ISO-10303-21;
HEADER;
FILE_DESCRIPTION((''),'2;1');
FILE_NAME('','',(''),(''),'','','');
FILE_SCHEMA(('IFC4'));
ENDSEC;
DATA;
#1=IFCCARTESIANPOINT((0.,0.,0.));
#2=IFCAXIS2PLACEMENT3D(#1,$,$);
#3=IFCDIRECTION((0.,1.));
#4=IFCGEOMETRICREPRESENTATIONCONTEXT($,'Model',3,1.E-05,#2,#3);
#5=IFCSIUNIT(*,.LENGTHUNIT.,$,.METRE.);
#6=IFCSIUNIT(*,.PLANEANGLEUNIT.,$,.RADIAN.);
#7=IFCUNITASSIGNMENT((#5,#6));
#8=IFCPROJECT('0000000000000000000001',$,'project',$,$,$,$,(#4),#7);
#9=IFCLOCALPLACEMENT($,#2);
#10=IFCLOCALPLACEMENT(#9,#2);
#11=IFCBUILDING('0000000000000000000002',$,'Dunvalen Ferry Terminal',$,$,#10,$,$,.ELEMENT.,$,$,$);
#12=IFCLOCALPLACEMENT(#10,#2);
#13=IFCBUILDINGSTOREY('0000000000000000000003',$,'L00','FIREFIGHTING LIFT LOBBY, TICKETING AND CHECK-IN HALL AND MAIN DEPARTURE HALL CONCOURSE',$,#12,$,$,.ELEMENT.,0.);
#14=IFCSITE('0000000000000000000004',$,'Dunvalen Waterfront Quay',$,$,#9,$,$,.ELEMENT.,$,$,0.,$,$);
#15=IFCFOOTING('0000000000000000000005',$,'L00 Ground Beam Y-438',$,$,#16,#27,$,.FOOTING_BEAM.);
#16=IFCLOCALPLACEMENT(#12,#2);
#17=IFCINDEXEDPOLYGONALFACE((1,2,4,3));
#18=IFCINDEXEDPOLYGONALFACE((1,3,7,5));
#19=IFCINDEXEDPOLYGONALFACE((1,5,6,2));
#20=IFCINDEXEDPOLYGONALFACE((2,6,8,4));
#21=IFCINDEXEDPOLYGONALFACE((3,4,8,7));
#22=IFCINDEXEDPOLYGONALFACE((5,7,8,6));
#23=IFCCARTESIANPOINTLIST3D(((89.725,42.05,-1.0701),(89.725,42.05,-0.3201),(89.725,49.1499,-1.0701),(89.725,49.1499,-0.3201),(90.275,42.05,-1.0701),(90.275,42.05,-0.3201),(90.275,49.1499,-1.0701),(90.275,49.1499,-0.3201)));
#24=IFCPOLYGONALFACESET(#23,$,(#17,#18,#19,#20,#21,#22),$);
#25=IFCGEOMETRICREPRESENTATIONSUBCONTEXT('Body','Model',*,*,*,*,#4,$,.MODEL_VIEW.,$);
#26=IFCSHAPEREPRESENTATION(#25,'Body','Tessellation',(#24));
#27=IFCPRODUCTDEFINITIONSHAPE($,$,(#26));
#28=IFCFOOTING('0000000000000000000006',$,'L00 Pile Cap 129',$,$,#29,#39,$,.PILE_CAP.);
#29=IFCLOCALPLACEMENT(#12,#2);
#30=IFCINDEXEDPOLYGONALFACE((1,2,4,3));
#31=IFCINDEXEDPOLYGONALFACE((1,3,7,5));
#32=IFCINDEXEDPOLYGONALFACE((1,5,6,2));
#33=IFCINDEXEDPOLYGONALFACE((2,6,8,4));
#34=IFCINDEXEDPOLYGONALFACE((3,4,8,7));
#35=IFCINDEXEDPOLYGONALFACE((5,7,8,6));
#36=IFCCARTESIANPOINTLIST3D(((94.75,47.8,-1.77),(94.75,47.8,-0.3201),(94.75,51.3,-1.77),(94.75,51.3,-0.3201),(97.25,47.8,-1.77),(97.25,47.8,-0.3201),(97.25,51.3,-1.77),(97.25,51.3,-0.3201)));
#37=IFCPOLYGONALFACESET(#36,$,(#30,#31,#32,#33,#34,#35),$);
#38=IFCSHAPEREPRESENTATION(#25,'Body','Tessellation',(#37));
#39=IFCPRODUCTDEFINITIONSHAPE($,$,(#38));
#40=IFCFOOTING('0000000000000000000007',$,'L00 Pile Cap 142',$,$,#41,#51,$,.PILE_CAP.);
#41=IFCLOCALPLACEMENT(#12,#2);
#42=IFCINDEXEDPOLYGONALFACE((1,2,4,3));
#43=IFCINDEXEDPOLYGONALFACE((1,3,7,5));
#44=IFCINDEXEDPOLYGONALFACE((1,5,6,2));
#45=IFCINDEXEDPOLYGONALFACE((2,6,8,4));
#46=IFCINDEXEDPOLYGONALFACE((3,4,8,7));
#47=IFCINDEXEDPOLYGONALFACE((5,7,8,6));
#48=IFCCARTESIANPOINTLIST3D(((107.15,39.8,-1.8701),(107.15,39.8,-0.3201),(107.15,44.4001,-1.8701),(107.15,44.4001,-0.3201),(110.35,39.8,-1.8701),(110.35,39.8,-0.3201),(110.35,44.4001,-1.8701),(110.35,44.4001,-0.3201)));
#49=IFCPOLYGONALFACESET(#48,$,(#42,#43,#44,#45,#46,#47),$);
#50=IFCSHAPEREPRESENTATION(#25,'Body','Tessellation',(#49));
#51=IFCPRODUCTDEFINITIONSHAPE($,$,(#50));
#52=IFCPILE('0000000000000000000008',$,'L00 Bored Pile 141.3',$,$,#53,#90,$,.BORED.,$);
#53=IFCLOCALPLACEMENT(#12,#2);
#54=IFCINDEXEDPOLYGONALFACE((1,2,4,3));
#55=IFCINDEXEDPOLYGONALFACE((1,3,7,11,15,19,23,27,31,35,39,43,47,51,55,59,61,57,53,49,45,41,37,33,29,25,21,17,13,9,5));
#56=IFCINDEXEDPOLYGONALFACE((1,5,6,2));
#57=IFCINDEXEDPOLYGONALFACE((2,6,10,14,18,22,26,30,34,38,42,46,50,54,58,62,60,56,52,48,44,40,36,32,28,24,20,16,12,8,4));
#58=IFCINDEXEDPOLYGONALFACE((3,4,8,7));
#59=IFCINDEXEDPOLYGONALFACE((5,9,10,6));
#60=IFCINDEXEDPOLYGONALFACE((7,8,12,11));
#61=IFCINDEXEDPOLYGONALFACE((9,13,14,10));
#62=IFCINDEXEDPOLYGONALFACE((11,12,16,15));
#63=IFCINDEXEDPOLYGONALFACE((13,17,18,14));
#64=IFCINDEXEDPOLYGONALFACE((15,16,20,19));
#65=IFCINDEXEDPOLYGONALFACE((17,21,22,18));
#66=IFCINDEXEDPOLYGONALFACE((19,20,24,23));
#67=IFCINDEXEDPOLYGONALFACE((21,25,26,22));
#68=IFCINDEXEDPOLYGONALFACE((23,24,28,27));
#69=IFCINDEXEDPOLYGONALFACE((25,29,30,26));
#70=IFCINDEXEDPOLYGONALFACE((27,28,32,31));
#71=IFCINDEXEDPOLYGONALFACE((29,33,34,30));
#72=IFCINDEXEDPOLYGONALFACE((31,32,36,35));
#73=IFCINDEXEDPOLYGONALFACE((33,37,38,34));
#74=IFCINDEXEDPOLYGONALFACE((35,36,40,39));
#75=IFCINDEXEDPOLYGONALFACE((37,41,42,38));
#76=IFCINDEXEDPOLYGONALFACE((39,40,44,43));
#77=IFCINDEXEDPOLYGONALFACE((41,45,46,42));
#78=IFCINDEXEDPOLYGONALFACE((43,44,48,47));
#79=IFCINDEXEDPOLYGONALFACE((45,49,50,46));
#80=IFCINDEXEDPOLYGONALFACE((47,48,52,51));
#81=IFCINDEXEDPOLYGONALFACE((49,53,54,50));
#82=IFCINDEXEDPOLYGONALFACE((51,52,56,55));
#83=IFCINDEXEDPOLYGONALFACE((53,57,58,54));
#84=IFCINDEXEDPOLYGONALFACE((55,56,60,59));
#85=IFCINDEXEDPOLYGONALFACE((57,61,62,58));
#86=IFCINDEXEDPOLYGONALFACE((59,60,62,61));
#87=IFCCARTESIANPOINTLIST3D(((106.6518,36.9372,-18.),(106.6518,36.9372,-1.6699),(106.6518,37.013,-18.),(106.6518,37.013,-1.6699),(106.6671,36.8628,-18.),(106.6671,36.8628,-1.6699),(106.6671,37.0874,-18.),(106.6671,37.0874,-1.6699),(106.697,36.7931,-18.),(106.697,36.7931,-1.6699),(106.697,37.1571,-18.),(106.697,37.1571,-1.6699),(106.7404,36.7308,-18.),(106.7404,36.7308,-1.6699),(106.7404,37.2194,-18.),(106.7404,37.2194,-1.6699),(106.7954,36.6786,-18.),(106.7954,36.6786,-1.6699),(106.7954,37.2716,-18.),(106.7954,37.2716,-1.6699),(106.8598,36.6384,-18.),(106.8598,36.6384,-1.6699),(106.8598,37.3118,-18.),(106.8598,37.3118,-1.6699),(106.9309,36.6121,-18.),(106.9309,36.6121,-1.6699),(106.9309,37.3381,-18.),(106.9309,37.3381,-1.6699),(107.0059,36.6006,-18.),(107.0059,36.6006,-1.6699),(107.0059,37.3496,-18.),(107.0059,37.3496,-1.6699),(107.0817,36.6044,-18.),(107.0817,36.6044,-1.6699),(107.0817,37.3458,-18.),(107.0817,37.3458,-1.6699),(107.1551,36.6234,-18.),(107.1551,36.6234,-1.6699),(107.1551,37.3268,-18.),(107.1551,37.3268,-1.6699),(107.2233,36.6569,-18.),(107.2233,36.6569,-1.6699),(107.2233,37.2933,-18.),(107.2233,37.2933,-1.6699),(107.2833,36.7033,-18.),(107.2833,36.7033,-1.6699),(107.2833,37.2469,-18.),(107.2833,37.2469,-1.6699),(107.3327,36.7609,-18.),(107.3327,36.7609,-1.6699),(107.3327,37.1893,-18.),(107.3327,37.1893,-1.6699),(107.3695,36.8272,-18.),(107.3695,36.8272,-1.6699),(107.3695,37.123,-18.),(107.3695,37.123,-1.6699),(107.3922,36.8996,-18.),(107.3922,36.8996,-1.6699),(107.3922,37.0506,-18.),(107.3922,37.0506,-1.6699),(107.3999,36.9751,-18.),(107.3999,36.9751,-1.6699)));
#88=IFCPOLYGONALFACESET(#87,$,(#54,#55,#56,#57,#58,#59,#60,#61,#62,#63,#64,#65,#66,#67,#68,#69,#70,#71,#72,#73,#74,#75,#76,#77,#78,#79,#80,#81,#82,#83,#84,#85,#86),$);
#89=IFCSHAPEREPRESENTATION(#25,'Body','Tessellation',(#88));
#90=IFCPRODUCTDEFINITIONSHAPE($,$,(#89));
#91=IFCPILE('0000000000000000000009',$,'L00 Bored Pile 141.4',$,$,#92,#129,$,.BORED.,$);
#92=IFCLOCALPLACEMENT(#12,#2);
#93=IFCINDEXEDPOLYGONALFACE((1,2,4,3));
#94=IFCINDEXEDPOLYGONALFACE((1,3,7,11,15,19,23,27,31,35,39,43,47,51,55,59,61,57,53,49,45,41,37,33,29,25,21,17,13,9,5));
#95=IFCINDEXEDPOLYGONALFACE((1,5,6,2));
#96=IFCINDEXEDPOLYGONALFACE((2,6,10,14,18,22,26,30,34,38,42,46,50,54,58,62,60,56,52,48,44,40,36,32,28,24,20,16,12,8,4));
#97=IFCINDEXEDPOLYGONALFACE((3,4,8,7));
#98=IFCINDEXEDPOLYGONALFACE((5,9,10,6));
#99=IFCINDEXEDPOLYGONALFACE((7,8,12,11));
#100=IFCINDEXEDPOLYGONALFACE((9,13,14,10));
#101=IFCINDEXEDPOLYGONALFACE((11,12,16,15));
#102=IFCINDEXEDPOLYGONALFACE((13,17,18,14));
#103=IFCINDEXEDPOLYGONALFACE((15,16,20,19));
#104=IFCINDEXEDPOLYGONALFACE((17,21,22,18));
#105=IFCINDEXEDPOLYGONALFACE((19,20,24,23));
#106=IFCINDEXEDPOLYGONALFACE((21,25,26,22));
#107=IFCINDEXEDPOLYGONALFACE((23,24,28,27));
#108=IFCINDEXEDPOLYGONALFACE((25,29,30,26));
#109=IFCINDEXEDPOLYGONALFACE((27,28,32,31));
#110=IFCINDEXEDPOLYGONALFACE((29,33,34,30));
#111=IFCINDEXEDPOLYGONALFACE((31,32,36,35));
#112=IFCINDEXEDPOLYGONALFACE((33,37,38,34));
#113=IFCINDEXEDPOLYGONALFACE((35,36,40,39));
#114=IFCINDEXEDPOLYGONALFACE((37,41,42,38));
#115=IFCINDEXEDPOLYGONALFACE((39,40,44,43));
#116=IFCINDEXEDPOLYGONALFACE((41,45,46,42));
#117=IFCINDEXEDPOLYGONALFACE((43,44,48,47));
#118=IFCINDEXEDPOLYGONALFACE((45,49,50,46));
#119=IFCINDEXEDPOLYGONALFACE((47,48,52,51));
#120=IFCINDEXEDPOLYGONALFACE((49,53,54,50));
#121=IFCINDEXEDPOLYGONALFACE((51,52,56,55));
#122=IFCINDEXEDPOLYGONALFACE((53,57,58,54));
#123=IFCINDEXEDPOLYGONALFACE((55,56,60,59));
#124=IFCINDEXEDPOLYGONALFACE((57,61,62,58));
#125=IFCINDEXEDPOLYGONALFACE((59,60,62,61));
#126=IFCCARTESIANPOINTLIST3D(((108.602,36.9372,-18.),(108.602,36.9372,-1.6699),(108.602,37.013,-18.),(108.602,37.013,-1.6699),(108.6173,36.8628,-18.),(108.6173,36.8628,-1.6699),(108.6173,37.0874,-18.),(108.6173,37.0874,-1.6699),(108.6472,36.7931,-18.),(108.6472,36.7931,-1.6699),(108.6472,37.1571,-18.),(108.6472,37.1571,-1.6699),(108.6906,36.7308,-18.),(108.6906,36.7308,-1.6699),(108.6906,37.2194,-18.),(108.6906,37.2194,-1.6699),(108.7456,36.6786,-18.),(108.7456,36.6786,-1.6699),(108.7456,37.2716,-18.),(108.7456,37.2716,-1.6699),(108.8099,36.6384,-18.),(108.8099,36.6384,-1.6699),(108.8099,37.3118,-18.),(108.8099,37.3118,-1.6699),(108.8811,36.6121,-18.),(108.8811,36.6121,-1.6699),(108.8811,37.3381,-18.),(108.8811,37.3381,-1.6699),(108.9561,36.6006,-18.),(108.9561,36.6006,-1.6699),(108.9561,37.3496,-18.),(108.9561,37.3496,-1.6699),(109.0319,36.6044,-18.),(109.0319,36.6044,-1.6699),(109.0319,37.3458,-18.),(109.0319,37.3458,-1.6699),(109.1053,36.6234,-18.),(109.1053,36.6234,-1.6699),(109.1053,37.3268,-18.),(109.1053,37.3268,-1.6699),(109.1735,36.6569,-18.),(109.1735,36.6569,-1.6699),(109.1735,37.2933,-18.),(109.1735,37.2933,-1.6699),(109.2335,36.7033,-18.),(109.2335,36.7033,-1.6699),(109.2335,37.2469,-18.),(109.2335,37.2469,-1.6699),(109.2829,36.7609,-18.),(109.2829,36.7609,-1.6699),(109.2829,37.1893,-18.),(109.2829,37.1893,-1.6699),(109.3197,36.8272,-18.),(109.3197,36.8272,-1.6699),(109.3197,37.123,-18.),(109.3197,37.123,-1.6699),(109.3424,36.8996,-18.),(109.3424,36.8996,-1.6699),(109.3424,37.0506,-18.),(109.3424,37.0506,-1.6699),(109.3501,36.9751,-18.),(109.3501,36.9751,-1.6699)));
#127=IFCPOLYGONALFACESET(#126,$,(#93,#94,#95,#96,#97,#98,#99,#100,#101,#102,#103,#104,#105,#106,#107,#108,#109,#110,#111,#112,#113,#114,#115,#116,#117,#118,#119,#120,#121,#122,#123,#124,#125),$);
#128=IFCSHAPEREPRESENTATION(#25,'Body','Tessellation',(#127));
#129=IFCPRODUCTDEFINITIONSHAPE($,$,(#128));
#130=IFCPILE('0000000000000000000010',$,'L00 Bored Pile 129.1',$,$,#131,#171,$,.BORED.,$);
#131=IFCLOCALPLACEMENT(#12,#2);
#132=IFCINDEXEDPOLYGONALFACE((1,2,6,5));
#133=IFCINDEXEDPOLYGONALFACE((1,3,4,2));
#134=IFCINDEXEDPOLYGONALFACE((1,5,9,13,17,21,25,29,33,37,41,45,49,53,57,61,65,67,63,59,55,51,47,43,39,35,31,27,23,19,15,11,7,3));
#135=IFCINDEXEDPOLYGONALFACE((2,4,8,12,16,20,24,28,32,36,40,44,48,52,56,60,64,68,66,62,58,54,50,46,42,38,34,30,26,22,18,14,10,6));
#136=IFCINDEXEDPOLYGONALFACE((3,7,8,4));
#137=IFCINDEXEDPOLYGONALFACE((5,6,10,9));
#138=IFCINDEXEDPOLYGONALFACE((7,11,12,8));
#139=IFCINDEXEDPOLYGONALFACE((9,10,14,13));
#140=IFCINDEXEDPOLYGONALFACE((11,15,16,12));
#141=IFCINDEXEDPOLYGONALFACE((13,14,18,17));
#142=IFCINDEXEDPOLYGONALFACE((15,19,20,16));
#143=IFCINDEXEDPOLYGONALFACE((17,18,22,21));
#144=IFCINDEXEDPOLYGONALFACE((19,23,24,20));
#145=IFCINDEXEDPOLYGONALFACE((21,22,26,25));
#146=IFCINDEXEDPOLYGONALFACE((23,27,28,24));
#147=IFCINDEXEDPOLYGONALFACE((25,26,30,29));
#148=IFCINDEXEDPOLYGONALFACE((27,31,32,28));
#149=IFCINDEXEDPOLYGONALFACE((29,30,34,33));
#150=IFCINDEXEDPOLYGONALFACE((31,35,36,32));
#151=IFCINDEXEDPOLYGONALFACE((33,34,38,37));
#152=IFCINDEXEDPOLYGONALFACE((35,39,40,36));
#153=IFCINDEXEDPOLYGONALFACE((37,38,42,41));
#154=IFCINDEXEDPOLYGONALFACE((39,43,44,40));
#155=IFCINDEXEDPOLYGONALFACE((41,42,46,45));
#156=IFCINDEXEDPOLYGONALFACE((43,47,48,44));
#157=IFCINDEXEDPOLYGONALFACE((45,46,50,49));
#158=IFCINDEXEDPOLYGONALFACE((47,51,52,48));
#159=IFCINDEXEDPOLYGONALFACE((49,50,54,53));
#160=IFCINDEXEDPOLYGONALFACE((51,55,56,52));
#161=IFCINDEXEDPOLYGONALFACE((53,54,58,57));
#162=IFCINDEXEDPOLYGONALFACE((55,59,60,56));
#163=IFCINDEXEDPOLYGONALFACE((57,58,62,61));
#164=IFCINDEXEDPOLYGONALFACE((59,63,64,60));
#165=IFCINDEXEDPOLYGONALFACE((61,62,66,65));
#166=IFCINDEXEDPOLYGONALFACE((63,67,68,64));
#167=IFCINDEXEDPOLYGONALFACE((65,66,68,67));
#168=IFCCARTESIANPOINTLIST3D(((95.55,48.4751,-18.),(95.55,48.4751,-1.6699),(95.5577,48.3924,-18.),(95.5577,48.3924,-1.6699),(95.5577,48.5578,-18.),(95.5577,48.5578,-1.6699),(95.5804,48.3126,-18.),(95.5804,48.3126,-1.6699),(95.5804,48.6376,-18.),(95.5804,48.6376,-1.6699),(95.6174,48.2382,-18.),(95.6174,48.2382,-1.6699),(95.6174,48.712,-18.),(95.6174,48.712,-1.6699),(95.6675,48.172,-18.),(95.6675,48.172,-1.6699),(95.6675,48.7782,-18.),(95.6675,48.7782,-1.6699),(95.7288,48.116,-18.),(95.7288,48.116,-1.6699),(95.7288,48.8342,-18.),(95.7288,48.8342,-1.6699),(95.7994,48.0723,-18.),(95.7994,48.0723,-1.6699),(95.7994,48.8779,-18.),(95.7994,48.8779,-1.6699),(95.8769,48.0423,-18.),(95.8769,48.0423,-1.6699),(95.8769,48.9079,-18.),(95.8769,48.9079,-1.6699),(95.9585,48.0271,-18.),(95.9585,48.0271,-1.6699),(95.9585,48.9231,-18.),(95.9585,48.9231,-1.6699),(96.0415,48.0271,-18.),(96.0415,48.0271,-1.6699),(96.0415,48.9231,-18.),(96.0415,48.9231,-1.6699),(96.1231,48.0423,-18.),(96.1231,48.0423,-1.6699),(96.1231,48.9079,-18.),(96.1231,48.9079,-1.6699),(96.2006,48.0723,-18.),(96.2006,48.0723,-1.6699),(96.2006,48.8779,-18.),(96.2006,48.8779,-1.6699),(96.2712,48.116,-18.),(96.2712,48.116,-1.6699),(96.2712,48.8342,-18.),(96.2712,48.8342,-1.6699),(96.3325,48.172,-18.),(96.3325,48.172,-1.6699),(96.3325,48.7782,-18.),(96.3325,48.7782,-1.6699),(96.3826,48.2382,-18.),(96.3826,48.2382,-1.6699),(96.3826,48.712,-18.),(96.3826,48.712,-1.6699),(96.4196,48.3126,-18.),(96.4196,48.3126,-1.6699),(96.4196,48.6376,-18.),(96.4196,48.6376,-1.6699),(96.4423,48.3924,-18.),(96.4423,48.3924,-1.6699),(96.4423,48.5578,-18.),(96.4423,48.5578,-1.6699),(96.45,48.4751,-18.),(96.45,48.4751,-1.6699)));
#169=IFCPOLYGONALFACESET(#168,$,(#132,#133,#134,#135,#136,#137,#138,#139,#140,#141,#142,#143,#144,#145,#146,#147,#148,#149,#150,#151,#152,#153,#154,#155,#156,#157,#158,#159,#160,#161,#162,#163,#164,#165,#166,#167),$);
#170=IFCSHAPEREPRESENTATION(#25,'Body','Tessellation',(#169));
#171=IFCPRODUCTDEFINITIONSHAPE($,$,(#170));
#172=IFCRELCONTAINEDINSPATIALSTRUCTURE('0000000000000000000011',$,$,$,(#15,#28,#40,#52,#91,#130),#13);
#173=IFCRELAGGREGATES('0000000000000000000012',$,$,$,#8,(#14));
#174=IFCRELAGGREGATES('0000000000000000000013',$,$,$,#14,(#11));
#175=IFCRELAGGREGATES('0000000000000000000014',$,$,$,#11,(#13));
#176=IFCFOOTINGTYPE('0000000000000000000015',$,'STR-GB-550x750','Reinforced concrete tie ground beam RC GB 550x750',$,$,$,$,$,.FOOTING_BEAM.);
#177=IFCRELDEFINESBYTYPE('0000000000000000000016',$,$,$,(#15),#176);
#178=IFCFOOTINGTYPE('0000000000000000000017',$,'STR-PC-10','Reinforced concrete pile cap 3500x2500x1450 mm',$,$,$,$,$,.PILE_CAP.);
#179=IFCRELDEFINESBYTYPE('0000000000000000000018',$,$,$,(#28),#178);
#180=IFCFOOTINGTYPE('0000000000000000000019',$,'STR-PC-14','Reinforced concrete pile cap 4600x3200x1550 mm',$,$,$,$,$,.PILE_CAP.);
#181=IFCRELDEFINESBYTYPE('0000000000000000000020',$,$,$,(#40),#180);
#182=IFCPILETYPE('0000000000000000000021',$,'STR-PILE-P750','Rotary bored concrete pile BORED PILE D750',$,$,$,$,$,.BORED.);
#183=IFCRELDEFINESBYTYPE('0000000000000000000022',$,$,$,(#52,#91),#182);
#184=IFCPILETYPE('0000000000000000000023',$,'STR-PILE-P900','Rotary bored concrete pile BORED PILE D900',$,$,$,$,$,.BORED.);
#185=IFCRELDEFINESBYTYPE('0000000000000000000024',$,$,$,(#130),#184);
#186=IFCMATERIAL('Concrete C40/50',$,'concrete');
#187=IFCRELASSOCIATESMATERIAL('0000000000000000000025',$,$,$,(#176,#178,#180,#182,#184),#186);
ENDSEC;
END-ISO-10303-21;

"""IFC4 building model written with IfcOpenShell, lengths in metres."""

from ifc_helpers import new_model, si_unit, direction, frame, origin, origin_2d, place, context, subcontext, project, spatial, rectangle, circle, extrude, material, material_profile, profile_set, type_object, element, save


model = new_model("IFC4")

# Units and contexts
model_context = context("Model", 3, precision=1e-05, world=origin(), true_north=direction((0.0, 1.0)))
body_context = subcontext(model_context, "Body", "Model", "MODEL_VIEW")
ifc_project = project(units=[si_unit("LENGTHUNIT", "METRE"), si_unit("PLANEANGLEUNIT", "RADIAN")], contexts=[model_context])

# Site, building, storey
site_placement = place(None, origin())
site = spatial("IfcSite", under=ifc_project, at=site_placement, Name="Dunvalen Waterfront Quay", CompositionType="ELEMENT", RefElevation=0.0)
building_placement = place(site_placement, origin())
building = spatial("IfcBuilding", under=site, at=building_placement, Name="Dunvalen Ferry Terminal", CompositionType="ELEMENT")
storey_placement = place(building_placement, origin())
storey = spatial("IfcBuildingStorey", under=building, at=storey_placement, Name="L00", Description="FIREFIGHTING LIFT LOBBY, TICKETING AND CHECK-IN HALL AND MAIN DEPARTURE HALL CONCOURSE", CompositionType="ELEMENT", Elevation=0.0)

# Footings
ifc_material_1 = material(Name="Concrete C40/50", Category="concrete")
ifc_material_profile_1 = material_profile(ifc_material_1, rectangle(XDim=0.55, YDim=0.75, at=origin_2d()), Name="Concrete C40/50")
ifc_profile_set_1 = profile_set([ifc_material_profile_1], Name="Concrete C40/50")
footing_type_1 = type_object("IfcFootingType", Name="STR-GB-550x750", Description="Reinforced concrete tie ground beam RC GB 550x750", PredefinedType="FOOTING_BEAM", material=ifc_profile_set_1)
footing_1_placement = place(storey_placement, frame((90.0, 42.05, -0.6951), z_axis=(0.0, 1.0, 0.0), x_axis=(-1.0, 0.0, 0.0)))
element("IfcFooting", 1, at=footing_1_placement, inside=storey, type_object=footing_type_1, Name="L00 Ground Beam Y-438", PredefinedType="FOOTING_BEAM", context=body_context, shape_type="SweptSolid", body=[
    extrude(rectangle(XDim=0.55, YDim=0.75, at=origin_2d()), origin(), (0.0, 0.0, 1.0), 7.0999),
])
footing_type_2 = type_object("IfcFootingType", Name="STR-PC-10", Description="Reinforced concrete pile cap 3500x2500x1450 mm", PredefinedType="PILE_CAP", material=ifc_material_1)
footing_2_placement = place(storey_placement, frame((96.0, 49.55, -1.77), z_axis=(0.0, 0.0, 1.0), x_axis=(0.0, 1.0, 0.0)))
element("IfcFooting", 2, at=footing_2_placement, inside=storey, type_object=footing_type_2, Name="L00 Pile Cap 129", PredefinedType="PILE_CAP", context=body_context, shape_type="SweptSolid", body=[
    extrude(rectangle(XDim=3.5, YDim=2.5, at=origin_2d()), origin(), (0.0, 0.0, 1.0), 1.45),
])
footing_type_3 = type_object("IfcFootingType", Name="STR-PC-14", Description="Reinforced concrete pile cap 4600x3200x1550 mm", PredefinedType="PILE_CAP", material=ifc_material_1)
footing_3_placement = place(storey_placement, frame((108.75, 42.1001, -1.8701), z_axis=(0.0, 0.0, 1.0), x_axis=(0.0, 1.0, 0.0)))
element("IfcFooting", 3, at=footing_3_placement, inside=storey, type_object=footing_type_3, Name="L00 Pile Cap 142", PredefinedType="PILE_CAP", context=body_context, shape_type="SweptSolid", body=[
    extrude(rectangle(XDim=4.6001, YDim=3.2, at=origin_2d()), origin(), (0.0, 0.0, 1.0), 1.55),
])

# Piles
ifc_material_profile_2 = material_profile(ifc_material_1, circle(Radius=0.375, at=origin_2d()), Name="Concrete C40/50")
ifc_profile_set_2 = profile_set([ifc_material_profile_2], Name="Concrete C40/50")
pile_type_1 = type_object("IfcPileType", Name="STR-PILE-P750", Description="Rotary bored concrete pile BORED PILE D750", PredefinedType="BORED", material=ifc_profile_set_2)
for number, where, z_axis, x_axis, name in (
    (4, (107.0249, 36.9751, -1.6699), (0.0, 0.0, -1.0), (1.0, 0.0, 0.0), "L00 Bored Pile 141.3"),
    (5, (108.9751, 36.9751, -1.6699), (0.0, 0.0, -1.0), (1.0, 0.0, 0.0), "L00 Bored Pile 141.4"),
):
    element("IfcPile", number, at=place(storey_placement, frame(where, z_axis=z_axis, x_axis=x_axis)), inside=storey, type_object=pile_type_1, Name=name, PredefinedType="BORED", context=body_context, shape_type="SweptSolid", body=[
        extrude(circle(Radius=0.375, at=origin_2d()), origin(), (0.0, 0.0, 1.0), 16.3301),
    ])
ifc_material_profile_3 = material_profile(ifc_material_1, circle(Radius=0.45, at=origin_2d()), Name="Concrete C40/50")
ifc_profile_set_3 = profile_set([ifc_material_profile_3], Name="Concrete C40/50")
pile_type_2 = type_object("IfcPileType", Name="STR-PILE-P900", Description="Rotary bored concrete pile BORED PILE D900", PredefinedType="BORED", material=ifc_profile_set_3)
pile_placement = place(storey_placement, frame((96.0, 48.4751, -1.6699), z_axis=(0.0, 0.0, -1.0), x_axis=(1.0, 0.0, 0.0)))
element("IfcPile", 6, at=pile_placement, inside=storey, type_object=pile_type_2, Name="L00 Bored Pile 129.1", PredefinedType="BORED", context=body_context, shape_type="SweptSolid", body=[
    extrude(circle(Radius=0.45, at=origin_2d()), origin(), (0.0, 0.0, 1.0), 16.3301),
])

save(model, "model.ifc")
